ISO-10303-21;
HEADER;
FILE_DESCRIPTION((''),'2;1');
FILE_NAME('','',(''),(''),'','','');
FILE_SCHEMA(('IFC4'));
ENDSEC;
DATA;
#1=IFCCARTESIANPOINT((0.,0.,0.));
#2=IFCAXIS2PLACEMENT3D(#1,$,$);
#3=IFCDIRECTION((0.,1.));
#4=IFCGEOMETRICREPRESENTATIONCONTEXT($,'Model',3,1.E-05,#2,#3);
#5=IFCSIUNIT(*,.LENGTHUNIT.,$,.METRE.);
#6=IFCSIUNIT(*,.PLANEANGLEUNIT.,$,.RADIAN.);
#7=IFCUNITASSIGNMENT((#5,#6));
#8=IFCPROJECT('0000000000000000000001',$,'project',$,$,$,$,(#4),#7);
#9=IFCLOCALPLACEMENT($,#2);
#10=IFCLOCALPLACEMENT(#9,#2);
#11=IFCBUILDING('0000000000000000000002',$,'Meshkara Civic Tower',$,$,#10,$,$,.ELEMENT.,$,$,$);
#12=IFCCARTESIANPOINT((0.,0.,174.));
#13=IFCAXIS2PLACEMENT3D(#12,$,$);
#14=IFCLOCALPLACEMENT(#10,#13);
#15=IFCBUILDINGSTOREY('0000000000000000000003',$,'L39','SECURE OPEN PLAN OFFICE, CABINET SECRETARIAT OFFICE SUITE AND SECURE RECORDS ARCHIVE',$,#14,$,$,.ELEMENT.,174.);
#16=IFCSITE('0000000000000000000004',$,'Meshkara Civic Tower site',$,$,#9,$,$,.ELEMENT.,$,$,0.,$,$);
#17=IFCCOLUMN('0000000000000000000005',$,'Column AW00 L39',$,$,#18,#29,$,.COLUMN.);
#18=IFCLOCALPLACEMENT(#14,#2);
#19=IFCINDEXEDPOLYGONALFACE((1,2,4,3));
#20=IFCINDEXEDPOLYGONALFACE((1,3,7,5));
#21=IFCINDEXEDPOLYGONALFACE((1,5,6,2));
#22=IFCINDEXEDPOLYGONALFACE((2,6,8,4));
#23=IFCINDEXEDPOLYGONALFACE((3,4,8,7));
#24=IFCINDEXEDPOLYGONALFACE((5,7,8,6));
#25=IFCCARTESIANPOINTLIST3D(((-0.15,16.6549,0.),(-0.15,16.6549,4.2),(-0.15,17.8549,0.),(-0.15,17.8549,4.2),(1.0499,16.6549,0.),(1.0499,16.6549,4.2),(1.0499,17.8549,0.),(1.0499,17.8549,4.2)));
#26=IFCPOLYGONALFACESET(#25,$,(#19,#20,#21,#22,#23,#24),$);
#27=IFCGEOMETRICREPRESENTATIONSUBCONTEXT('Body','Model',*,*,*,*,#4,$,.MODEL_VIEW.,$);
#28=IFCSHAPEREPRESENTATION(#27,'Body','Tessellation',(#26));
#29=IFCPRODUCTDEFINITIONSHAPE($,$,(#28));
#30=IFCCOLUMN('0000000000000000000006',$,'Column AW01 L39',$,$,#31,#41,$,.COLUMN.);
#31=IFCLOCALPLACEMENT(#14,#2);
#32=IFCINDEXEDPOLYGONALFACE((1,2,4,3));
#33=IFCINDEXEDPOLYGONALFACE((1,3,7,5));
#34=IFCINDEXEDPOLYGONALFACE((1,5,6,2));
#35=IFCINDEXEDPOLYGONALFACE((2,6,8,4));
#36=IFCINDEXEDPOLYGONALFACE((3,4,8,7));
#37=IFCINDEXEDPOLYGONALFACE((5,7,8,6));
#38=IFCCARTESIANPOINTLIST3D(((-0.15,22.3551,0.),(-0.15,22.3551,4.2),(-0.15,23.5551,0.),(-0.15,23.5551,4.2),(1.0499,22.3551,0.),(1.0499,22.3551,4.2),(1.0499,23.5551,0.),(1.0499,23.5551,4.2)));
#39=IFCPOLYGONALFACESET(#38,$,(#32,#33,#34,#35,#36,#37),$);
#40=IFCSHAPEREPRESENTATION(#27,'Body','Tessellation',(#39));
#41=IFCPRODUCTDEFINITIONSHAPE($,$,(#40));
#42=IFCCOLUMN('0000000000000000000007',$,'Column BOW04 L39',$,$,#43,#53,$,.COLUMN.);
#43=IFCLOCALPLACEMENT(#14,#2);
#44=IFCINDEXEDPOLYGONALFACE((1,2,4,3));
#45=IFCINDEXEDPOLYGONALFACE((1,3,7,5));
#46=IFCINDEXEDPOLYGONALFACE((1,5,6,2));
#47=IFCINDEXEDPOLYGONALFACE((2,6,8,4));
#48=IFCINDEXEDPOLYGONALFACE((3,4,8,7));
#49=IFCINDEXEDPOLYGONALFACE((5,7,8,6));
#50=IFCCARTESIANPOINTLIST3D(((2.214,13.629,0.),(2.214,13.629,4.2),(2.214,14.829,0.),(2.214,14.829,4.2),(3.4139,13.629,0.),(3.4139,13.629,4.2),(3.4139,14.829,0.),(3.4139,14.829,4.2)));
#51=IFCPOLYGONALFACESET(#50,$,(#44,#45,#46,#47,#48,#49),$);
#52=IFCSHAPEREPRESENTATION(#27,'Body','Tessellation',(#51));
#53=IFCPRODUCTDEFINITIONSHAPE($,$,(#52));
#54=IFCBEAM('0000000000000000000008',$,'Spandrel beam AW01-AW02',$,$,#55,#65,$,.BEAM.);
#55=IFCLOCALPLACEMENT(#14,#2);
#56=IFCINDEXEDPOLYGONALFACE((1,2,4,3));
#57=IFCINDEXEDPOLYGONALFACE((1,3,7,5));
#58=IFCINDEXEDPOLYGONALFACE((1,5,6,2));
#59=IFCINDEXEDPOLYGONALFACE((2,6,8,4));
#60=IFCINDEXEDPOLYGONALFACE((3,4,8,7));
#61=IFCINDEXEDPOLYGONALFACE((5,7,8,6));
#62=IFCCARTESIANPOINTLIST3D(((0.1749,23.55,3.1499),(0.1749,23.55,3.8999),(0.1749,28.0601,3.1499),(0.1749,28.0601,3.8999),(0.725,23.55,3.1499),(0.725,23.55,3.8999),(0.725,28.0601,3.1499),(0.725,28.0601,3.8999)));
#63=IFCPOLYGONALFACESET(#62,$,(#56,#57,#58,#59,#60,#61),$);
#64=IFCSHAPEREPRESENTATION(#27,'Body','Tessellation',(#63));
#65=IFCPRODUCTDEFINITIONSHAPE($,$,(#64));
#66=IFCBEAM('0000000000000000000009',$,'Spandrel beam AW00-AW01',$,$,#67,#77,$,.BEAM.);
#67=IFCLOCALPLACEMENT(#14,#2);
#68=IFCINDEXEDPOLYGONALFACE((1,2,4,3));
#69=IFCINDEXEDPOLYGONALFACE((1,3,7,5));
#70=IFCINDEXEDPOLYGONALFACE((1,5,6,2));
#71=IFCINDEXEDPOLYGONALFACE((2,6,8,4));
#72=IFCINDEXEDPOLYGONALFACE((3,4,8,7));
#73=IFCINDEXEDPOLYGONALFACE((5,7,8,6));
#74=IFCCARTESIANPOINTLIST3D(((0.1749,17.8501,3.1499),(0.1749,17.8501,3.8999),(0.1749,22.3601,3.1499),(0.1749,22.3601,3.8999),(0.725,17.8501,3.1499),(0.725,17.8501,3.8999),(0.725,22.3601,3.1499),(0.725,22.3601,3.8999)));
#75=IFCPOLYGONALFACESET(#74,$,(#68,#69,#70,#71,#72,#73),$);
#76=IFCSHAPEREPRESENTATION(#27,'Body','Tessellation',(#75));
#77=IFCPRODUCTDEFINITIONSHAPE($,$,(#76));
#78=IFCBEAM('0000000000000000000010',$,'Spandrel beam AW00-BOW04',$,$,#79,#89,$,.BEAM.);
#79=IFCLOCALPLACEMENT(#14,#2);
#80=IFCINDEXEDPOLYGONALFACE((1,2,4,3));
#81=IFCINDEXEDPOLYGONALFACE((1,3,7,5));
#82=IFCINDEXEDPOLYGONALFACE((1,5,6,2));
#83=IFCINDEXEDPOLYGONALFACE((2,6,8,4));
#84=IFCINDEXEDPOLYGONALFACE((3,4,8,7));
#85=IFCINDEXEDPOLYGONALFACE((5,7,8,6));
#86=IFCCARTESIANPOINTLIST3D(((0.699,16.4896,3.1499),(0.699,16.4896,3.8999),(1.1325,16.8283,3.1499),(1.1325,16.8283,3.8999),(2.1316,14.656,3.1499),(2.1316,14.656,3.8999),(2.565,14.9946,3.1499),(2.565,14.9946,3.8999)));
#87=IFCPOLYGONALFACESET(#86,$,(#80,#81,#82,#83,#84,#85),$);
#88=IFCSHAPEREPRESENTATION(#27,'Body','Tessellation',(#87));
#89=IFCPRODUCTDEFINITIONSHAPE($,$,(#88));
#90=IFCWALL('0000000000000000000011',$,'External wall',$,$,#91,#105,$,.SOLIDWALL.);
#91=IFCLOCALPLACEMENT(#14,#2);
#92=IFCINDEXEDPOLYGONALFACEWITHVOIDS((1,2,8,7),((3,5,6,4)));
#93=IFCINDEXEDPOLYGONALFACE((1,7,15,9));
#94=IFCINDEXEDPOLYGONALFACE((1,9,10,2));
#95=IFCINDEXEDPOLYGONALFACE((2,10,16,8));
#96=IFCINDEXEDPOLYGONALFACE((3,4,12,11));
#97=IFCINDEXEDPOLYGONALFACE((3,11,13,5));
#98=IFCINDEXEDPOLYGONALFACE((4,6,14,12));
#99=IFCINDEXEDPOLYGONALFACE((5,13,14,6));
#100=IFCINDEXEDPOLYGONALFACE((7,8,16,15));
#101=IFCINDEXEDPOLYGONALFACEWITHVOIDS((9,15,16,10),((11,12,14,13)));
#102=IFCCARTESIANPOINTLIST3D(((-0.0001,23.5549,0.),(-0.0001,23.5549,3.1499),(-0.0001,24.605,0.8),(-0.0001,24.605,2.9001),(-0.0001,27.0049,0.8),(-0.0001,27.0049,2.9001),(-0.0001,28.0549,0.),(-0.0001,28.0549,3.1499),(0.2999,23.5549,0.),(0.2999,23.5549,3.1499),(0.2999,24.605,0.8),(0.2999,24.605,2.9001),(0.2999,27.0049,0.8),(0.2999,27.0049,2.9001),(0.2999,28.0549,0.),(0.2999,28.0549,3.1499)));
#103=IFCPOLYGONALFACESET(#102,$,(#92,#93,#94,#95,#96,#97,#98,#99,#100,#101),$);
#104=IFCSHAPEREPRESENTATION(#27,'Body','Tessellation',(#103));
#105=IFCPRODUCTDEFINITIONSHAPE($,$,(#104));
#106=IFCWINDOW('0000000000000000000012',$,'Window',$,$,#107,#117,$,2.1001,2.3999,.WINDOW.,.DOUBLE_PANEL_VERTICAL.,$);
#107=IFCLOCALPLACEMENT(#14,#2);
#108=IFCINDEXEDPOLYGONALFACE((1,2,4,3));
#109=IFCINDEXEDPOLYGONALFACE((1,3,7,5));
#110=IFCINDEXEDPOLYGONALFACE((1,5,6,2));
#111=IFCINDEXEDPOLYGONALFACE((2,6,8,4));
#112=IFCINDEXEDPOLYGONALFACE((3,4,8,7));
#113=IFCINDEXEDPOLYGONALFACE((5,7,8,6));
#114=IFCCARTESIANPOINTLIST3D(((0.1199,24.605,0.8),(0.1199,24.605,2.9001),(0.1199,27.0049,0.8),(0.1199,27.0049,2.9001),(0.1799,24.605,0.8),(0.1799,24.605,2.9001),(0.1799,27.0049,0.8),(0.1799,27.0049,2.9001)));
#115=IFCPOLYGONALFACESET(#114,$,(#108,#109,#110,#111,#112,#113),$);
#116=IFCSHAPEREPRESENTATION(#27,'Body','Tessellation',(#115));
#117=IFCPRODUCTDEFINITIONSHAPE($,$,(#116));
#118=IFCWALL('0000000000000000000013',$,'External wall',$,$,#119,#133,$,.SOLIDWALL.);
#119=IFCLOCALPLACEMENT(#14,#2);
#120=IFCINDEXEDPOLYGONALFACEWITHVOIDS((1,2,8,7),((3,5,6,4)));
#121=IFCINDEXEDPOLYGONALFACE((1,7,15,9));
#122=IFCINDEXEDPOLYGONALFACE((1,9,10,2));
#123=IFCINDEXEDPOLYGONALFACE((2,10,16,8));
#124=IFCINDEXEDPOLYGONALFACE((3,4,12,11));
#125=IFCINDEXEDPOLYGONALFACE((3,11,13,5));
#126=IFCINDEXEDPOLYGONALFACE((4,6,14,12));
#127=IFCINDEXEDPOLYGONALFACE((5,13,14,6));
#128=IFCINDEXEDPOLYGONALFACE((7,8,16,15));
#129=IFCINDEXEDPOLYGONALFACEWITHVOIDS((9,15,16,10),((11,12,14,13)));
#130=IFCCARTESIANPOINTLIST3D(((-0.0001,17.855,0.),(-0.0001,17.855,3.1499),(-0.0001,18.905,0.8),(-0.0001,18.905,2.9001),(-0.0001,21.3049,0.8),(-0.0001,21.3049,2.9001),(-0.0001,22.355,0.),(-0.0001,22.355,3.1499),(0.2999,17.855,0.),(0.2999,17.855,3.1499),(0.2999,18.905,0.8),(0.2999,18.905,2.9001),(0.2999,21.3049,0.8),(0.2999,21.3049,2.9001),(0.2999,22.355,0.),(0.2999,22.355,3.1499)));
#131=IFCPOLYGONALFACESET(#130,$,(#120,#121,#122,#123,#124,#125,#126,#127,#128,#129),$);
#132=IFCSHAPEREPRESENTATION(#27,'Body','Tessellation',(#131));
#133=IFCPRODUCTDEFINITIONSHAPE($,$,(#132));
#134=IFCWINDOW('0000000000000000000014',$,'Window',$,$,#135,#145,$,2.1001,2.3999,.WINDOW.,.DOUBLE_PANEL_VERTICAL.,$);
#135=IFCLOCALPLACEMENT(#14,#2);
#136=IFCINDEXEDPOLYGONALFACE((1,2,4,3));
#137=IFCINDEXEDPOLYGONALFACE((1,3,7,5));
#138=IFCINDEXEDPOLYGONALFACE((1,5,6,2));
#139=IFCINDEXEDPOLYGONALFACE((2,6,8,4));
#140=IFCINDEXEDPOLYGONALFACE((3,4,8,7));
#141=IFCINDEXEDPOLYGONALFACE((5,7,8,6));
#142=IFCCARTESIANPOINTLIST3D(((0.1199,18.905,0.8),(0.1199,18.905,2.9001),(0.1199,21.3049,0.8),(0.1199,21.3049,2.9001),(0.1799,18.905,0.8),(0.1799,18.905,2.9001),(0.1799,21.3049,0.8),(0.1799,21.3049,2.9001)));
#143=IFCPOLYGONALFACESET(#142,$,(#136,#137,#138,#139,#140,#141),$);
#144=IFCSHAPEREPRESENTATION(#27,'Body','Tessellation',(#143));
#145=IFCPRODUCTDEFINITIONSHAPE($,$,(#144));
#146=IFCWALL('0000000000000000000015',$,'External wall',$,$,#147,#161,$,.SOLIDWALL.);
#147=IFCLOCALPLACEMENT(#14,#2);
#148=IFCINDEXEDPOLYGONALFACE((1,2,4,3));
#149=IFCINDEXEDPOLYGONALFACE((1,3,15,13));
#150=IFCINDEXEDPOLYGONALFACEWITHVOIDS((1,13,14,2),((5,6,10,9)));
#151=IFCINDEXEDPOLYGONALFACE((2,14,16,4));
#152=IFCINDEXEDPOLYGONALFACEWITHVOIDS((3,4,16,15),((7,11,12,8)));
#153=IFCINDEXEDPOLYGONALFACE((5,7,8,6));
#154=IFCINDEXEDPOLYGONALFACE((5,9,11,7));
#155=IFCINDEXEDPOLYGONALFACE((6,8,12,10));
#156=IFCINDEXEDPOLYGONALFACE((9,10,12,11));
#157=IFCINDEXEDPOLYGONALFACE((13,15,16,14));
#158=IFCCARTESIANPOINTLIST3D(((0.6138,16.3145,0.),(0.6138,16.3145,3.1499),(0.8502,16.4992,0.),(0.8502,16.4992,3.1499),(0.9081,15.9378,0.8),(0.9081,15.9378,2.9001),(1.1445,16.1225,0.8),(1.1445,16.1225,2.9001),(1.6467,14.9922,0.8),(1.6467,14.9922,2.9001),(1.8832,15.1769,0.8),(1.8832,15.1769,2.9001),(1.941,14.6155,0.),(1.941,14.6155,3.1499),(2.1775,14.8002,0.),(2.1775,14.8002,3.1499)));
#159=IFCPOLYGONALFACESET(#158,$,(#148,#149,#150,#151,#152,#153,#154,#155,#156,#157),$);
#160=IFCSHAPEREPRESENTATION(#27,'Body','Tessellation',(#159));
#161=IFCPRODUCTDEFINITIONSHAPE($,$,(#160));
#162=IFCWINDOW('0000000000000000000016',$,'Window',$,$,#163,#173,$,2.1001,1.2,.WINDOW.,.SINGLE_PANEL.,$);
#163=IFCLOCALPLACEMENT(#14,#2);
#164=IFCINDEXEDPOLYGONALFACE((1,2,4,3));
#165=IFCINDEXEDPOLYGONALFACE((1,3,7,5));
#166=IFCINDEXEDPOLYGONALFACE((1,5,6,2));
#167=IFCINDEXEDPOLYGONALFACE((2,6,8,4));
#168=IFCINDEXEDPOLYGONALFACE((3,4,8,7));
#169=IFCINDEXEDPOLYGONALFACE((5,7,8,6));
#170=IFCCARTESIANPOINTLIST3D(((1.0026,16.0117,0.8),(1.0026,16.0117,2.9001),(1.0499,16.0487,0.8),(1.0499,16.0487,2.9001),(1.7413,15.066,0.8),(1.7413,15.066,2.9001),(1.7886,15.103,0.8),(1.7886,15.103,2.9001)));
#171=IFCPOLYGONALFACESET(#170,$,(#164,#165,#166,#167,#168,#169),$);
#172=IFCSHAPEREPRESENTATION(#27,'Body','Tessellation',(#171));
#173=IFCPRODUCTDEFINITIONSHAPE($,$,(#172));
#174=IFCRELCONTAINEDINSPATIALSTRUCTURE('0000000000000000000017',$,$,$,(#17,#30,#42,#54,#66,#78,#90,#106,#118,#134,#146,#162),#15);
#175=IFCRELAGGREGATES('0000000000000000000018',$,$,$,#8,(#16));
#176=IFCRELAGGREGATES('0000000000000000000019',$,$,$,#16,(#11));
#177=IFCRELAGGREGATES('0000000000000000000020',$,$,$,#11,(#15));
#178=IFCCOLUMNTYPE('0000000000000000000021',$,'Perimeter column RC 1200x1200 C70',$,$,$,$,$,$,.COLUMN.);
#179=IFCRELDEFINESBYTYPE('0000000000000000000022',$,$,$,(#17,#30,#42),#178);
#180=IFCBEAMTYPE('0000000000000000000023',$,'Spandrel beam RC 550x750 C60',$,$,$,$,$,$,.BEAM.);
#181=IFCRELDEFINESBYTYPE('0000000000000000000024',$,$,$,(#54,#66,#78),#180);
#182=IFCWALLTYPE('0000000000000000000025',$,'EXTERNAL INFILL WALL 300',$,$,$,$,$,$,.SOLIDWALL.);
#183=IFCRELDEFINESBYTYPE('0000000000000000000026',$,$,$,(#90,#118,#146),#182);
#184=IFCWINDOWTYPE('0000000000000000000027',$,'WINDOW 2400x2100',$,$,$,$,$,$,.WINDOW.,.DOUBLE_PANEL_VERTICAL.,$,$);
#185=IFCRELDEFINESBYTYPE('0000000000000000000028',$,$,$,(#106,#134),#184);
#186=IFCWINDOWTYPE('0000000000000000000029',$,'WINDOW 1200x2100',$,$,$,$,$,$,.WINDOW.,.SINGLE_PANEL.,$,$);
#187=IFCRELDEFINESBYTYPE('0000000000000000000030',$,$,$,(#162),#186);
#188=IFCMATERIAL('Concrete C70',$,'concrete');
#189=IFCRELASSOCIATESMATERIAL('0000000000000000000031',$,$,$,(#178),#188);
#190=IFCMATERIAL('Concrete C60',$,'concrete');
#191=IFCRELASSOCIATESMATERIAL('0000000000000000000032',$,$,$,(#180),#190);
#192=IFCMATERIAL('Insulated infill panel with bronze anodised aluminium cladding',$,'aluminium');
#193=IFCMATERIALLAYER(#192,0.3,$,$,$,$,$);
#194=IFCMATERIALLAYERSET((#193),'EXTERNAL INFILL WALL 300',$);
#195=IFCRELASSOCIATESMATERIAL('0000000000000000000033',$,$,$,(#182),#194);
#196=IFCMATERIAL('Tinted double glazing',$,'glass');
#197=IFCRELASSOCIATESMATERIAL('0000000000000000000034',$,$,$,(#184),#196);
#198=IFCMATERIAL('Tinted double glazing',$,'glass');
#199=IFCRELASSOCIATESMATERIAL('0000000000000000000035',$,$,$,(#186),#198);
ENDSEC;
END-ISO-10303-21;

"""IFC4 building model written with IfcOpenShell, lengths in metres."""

from ifc_helpers import new_model, si_unit, direction, frame, frame_2d, origin, origin_2d, place, context, subcontext, project, spatial, rectangle, extrude, material, layer, layer_set, material_profile, profile_set, type_object, element, fill, save


model = new_model("IFC4")

# Units and contexts
model_context = context("Model", 3, precision=1e-05, world=origin(), true_north=direction((0.0, 1.0)))
body_context = subcontext(model_context, "Body", "Model", "MODEL_VIEW")
ifc_project = project(units=[si_unit("LENGTHUNIT", "METRE"), si_unit("PLANEANGLEUNIT", "RADIAN")], contexts=[model_context])

# Site, building, storey
site_placement = place(None, origin())
site = spatial("IfcSite", under=ifc_project, at=site_placement, Name="Meshkara Civic Tower site", CompositionType="ELEMENT", RefElevation=0.0)
building_placement = place(site_placement, origin())
building = spatial("IfcBuilding", under=site, at=building_placement, Name="Meshkara Civic Tower", CompositionType="ELEMENT")
storey_placement = place(building_placement, frame((0.0, 0.0, 174.0)))
storey = spatial("IfcBuildingStorey", under=building, at=storey_placement, Name="L39", Description="SECURE OPEN PLAN OFFICE, CABINET SECRETARIAT OFFICE SUITE AND SECURE RECORDS ARCHIVE", CompositionType="ELEMENT", Elevation=174.0)

# Columns
ifc_material_1 = material(Name="Concrete C70", Category="concrete")
ifc_material_profile_1 = material_profile(ifc_material_1, rectangle(XDim=1.2, YDim=1.2, at=origin_2d()))
ifc_profile_set_1 = profile_set([ifc_material_profile_1], Name="Concrete C70")
column_type = type_object("IfcColumnType", Name="Perimeter column RC 1200x1200 C70", PredefinedType="COLUMN", material=ifc_profile_set_1)
for number, where, z_axis, x_axis, name in (
    (1, (0.45, 17.2549, 0.0), (0.0, 0.0, 1.0), (1.0, 0.0, 0.0), "Column AW00 L39"),
    (2, (0.45, 22.9551, 0.0), (0.0, 0.0, 1.0), (1.0, 0.0, 0.0), "Column AW01 L39"),
    (3, (2.814, 14.229, 0.0), (0.0, 0.0, 1.0), (1.0, 0.0, 0.0), "Column BOW04 L39"),
):
    element("IfcColumn", number, at=place(storey_placement, frame(where, z_axis=z_axis, x_axis=x_axis)), inside=storey, type_object=column_type, Name=name, PredefinedType="COLUMN", context=body_context, shape_type="SweptSolid", body=[
        extrude(rectangle(XDim=1.2, YDim=1.2, at=origin_2d()), origin(), (0.0, 0.0, 1.0), 4.2),
    ])

# Beams
ifc_material_2 = material(Name="Concrete C60", Category="concrete")
ifc_material_profile_2 = material_profile(ifc_material_2, rectangle(XDim=0.55, YDim=0.75, at=origin_2d()))
ifc_profile_set_2 = profile_set([ifc_material_profile_2], Name="Concrete C60")
beam_type = type_object("IfcBeamType", Name="Spandrel beam RC 550x750 C60", PredefinedType="BEAM", material=ifc_profile_set_2)
for number, where, z_axis, x_axis, name in (
    (4, (0.45, 28.0601, 3.5249), (0.0, -1.0, 0.0), (1.0, 0.0, 0.0), "Spandrel beam AW01-AW02"),
    (5, (0.45, 22.3601, 3.5249), (0.0, -1.0, 0.0), (1.0, 0.0, 0.0), "Spandrel beam AW00-AW01"),
):
    element("IfcBeam", number, at=place(storey_placement, frame(where, z_axis=z_axis, x_axis=x_axis)), inside=storey, type_object=beam_type, Name=name, PredefinedType="BEAM", context=body_context, shape_type="SweptSolid", body=[
        extrude(rectangle(XDim=0.55, YDim=0.75, at=origin_2d()), origin(), (0.0, 0.0, 1.0), 4.51),
    ])
beam_placement = place(storey_placement, frame((0.9158, 16.6589, 3.5249), z_axis=(0.615646, -0.788023, 0.0), x_axis=(0.788023, 0.615646, 0.0)))
element("IfcBeam", 6, at=beam_placement, inside=storey, type_object=beam_type, Name="Spandrel beam AW00-BOW04", PredefinedType="BEAM", context=body_context, shape_type="SweptSolid", body=[
    extrude(rectangle(XDim=0.55, YDim=0.75, at=origin_2d()), origin(), (0.0, 0.0, 1.0), 2.3269),
])

# Walls, openings, windows
ifc_material_3 = material(Name="Insulated infill panel with bronze anodised aluminium cladding", Category="aluminium")
ifc_layer = layer(ifc_material_3, 0.3)
ifc_layer_set = layer_set([ifc_layer], Name="EXTERNAL INFILL WALL 300")
wall_type = type_object("IfcWallType", Name="EXTERNAL INFILL WALL 300", PredefinedType="SOLIDWALL", material=ifc_layer_set)
wall_1_placement = place(storey_placement, frame((0.1499, 28.0549, 0.0), z_axis=(0.0, 0.0, 1.0), x_axis=(0.0, -1.0, 0.0)))
wall_1 = element("IfcWall", 7, at=wall_1_placement, inside=storey, type_object=wall_type, Name="External wall", PredefinedType="SOLIDWALL", context=body_context, shape_type="SweptSolid", body=[
    extrude(rectangle(XDim=4.5, YDim=0.3, at=frame_2d((2.25, 0.0))), origin(), (0.0, 0.0, 1.0), 3.1499),
])
opening_1_placement = place(wall_1_placement, frame((1.05, 0.0, 0.8)))
opening_1 = element("IfcOpeningElement", 8, at=opening_1_placement, cuts=wall_1, PredefinedType="OPENING", context=body_context, shape_type="SweptSolid", body=[
    extrude(rectangle(XDim=2.3999, YDim=2.1001, at=frame_2d((1.2, 1.05))), frame((0.0, 0.1599, 0.0), z_axis=(0.0, -1.0, 0.0), x_axis=(1.0, 0.0, 0.0)), (0.0, 0.0, 1.0), 0.3201),
])
ifc_material_4 = material(Name="Tinted double glazing", Category="glass")
window_type_1 = type_object("IfcWindowType", Name="WINDOW 2400x2100", PartitioningType="DOUBLE_PANEL_VERTICAL", PredefinedType="WINDOW", material=ifc_material_4)
window_1_placement = place(opening_1_placement, origin())
window_1 = element("IfcWindow", 9, at=window_1_placement, inside=storey, type_object=window_type_1, Name="Window", OverallHeight=2.1001, OverallWidth=2.3999, PartitioningType="DOUBLE_PANEL_VERTICAL", PredefinedType="WINDOW", context=body_context, shape_type="SweptSolid", body=[
    extrude(rectangle(XDim=2.3999, YDim=2.1001, at=frame_2d((1.2, 1.05))), frame((0.0, 0.03, 0.0), z_axis=(0.0, -1.0, 0.0), x_axis=(1.0, 0.0, 0.0)), (0.0, 0.0, 1.0), 0.0601),
])
fill(opening_1, window_1)
wall_2_placement = place(storey_placement, frame((0.1499, 22.355, 0.0), z_axis=(0.0, 0.0, 1.0), x_axis=(0.0, -1.0, 0.0)))
wall_2 = element("IfcWall", 10, at=wall_2_placement, inside=storey, type_object=wall_type, Name="External wall", PredefinedType="SOLIDWALL", context=body_context, shape_type="SweptSolid", body=[
    extrude(rectangle(XDim=4.5, YDim=0.3, at=frame_2d((2.25, 0.0))), origin(), (0.0, 0.0, 1.0), 3.1499),
])
opening_2_placement = place(wall_2_placement, frame((1.05, 0.0, 0.8)))
opening_2 = element("IfcOpeningElement", 11, at=opening_2_placement, cuts=wall_2, PredefinedType="OPENING", context=body_context, shape_type="SweptSolid", body=[
    extrude(rectangle(XDim=2.3999, YDim=2.1001, at=frame_2d((1.2, 1.05))), frame((0.0, 0.1599, 0.0), z_axis=(0.0, -1.0, 0.0), x_axis=(1.0, 0.0, 0.0)), (0.0, 0.0, 1.0), 0.3201),
])
window_2_placement = place(opening_2_placement, origin())
window_2 = element("IfcWindow", 12, at=window_2_placement, inside=storey, type_object=window_type_1, Name="Window", OverallHeight=2.1001, OverallWidth=2.3999, PartitioningType="DOUBLE_PANEL_VERTICAL", PredefinedType="WINDOW", context=body_context, shape_type="SweptSolid", body=[
    extrude(rectangle(XDim=2.3999, YDim=2.1001, at=frame_2d((1.2, 1.05))), frame((0.0, 0.03, 0.0), z_axis=(0.0, -1.0, 0.0), x_axis=(1.0, 0.0, 0.0)), (0.0, 0.0, 1.0), 0.0601),
])
fill(opening_2, window_2)
wall_3_placement = place(storey_placement, frame((0.7319, 16.407, 0.0), z_axis=(0.0, 0.0, 1.0), x_axis=(0.615593, -0.788064, 0.0)))
wall_3 = element("IfcWall", 13, at=wall_3_placement, inside=storey, type_object=wall_type, Name="External wall", PredefinedType="SOLIDWALL", context=body_context, shape_type="SweptSolid", body=[
    extrude(rectangle(XDim=2.156, YDim=0.3, at=frame_2d((1.0781, 0.0))), origin(), (0.0, 0.0, 1.0), 3.1499),
])
opening_3_placement = place(wall_3_placement, frame((0.478, 0.0, 0.8)))
opening_3 = element("IfcOpeningElement", 14, at=opening_3_placement, cuts=wall_3, PredefinedType="OPENING", context=body_context, shape_type="SweptSolid", body=[
    extrude(rectangle(XDim=1.2, YDim=2.1001, at=frame_2d((0.6001, 1.05))), frame((0.0, 0.1599, 0.0), z_axis=(0.0, -1.0, 0.0), x_axis=(1.0, 0.0, 0.0)), (0.0, 0.0, 1.0), 0.3201),
])
ifc_material_5 = material(Name="Tinted double glazing", Category="glass")
window_type_2 = type_object("IfcWindowType", Name="WINDOW 1200x2100", PartitioningType="SINGLE_PANEL", PredefinedType="WINDOW", material=ifc_material_5)
window_3_placement = place(opening_3_placement, origin())
window_3 = element("IfcWindow", 15, at=window_3_placement, inside=storey, type_object=window_type_2, Name="Window", OverallHeight=2.1001, OverallWidth=1.2, PartitioningType="SINGLE_PANEL", PredefinedType="WINDOW", context=body_context, shape_type="SweptSolid", body=[
    extrude(rectangle(XDim=1.2, YDim=2.1001, at=frame_2d((0.6001, 1.05))), frame((0.0, 0.03, 0.0), z_axis=(0.0, -1.0, 0.0), x_axis=(1.0, 0.0, 0.0)), (0.0, 0.0, 1.0), 0.0601),
])
fill(opening_3, window_3)

save(model, "model.ifc")
